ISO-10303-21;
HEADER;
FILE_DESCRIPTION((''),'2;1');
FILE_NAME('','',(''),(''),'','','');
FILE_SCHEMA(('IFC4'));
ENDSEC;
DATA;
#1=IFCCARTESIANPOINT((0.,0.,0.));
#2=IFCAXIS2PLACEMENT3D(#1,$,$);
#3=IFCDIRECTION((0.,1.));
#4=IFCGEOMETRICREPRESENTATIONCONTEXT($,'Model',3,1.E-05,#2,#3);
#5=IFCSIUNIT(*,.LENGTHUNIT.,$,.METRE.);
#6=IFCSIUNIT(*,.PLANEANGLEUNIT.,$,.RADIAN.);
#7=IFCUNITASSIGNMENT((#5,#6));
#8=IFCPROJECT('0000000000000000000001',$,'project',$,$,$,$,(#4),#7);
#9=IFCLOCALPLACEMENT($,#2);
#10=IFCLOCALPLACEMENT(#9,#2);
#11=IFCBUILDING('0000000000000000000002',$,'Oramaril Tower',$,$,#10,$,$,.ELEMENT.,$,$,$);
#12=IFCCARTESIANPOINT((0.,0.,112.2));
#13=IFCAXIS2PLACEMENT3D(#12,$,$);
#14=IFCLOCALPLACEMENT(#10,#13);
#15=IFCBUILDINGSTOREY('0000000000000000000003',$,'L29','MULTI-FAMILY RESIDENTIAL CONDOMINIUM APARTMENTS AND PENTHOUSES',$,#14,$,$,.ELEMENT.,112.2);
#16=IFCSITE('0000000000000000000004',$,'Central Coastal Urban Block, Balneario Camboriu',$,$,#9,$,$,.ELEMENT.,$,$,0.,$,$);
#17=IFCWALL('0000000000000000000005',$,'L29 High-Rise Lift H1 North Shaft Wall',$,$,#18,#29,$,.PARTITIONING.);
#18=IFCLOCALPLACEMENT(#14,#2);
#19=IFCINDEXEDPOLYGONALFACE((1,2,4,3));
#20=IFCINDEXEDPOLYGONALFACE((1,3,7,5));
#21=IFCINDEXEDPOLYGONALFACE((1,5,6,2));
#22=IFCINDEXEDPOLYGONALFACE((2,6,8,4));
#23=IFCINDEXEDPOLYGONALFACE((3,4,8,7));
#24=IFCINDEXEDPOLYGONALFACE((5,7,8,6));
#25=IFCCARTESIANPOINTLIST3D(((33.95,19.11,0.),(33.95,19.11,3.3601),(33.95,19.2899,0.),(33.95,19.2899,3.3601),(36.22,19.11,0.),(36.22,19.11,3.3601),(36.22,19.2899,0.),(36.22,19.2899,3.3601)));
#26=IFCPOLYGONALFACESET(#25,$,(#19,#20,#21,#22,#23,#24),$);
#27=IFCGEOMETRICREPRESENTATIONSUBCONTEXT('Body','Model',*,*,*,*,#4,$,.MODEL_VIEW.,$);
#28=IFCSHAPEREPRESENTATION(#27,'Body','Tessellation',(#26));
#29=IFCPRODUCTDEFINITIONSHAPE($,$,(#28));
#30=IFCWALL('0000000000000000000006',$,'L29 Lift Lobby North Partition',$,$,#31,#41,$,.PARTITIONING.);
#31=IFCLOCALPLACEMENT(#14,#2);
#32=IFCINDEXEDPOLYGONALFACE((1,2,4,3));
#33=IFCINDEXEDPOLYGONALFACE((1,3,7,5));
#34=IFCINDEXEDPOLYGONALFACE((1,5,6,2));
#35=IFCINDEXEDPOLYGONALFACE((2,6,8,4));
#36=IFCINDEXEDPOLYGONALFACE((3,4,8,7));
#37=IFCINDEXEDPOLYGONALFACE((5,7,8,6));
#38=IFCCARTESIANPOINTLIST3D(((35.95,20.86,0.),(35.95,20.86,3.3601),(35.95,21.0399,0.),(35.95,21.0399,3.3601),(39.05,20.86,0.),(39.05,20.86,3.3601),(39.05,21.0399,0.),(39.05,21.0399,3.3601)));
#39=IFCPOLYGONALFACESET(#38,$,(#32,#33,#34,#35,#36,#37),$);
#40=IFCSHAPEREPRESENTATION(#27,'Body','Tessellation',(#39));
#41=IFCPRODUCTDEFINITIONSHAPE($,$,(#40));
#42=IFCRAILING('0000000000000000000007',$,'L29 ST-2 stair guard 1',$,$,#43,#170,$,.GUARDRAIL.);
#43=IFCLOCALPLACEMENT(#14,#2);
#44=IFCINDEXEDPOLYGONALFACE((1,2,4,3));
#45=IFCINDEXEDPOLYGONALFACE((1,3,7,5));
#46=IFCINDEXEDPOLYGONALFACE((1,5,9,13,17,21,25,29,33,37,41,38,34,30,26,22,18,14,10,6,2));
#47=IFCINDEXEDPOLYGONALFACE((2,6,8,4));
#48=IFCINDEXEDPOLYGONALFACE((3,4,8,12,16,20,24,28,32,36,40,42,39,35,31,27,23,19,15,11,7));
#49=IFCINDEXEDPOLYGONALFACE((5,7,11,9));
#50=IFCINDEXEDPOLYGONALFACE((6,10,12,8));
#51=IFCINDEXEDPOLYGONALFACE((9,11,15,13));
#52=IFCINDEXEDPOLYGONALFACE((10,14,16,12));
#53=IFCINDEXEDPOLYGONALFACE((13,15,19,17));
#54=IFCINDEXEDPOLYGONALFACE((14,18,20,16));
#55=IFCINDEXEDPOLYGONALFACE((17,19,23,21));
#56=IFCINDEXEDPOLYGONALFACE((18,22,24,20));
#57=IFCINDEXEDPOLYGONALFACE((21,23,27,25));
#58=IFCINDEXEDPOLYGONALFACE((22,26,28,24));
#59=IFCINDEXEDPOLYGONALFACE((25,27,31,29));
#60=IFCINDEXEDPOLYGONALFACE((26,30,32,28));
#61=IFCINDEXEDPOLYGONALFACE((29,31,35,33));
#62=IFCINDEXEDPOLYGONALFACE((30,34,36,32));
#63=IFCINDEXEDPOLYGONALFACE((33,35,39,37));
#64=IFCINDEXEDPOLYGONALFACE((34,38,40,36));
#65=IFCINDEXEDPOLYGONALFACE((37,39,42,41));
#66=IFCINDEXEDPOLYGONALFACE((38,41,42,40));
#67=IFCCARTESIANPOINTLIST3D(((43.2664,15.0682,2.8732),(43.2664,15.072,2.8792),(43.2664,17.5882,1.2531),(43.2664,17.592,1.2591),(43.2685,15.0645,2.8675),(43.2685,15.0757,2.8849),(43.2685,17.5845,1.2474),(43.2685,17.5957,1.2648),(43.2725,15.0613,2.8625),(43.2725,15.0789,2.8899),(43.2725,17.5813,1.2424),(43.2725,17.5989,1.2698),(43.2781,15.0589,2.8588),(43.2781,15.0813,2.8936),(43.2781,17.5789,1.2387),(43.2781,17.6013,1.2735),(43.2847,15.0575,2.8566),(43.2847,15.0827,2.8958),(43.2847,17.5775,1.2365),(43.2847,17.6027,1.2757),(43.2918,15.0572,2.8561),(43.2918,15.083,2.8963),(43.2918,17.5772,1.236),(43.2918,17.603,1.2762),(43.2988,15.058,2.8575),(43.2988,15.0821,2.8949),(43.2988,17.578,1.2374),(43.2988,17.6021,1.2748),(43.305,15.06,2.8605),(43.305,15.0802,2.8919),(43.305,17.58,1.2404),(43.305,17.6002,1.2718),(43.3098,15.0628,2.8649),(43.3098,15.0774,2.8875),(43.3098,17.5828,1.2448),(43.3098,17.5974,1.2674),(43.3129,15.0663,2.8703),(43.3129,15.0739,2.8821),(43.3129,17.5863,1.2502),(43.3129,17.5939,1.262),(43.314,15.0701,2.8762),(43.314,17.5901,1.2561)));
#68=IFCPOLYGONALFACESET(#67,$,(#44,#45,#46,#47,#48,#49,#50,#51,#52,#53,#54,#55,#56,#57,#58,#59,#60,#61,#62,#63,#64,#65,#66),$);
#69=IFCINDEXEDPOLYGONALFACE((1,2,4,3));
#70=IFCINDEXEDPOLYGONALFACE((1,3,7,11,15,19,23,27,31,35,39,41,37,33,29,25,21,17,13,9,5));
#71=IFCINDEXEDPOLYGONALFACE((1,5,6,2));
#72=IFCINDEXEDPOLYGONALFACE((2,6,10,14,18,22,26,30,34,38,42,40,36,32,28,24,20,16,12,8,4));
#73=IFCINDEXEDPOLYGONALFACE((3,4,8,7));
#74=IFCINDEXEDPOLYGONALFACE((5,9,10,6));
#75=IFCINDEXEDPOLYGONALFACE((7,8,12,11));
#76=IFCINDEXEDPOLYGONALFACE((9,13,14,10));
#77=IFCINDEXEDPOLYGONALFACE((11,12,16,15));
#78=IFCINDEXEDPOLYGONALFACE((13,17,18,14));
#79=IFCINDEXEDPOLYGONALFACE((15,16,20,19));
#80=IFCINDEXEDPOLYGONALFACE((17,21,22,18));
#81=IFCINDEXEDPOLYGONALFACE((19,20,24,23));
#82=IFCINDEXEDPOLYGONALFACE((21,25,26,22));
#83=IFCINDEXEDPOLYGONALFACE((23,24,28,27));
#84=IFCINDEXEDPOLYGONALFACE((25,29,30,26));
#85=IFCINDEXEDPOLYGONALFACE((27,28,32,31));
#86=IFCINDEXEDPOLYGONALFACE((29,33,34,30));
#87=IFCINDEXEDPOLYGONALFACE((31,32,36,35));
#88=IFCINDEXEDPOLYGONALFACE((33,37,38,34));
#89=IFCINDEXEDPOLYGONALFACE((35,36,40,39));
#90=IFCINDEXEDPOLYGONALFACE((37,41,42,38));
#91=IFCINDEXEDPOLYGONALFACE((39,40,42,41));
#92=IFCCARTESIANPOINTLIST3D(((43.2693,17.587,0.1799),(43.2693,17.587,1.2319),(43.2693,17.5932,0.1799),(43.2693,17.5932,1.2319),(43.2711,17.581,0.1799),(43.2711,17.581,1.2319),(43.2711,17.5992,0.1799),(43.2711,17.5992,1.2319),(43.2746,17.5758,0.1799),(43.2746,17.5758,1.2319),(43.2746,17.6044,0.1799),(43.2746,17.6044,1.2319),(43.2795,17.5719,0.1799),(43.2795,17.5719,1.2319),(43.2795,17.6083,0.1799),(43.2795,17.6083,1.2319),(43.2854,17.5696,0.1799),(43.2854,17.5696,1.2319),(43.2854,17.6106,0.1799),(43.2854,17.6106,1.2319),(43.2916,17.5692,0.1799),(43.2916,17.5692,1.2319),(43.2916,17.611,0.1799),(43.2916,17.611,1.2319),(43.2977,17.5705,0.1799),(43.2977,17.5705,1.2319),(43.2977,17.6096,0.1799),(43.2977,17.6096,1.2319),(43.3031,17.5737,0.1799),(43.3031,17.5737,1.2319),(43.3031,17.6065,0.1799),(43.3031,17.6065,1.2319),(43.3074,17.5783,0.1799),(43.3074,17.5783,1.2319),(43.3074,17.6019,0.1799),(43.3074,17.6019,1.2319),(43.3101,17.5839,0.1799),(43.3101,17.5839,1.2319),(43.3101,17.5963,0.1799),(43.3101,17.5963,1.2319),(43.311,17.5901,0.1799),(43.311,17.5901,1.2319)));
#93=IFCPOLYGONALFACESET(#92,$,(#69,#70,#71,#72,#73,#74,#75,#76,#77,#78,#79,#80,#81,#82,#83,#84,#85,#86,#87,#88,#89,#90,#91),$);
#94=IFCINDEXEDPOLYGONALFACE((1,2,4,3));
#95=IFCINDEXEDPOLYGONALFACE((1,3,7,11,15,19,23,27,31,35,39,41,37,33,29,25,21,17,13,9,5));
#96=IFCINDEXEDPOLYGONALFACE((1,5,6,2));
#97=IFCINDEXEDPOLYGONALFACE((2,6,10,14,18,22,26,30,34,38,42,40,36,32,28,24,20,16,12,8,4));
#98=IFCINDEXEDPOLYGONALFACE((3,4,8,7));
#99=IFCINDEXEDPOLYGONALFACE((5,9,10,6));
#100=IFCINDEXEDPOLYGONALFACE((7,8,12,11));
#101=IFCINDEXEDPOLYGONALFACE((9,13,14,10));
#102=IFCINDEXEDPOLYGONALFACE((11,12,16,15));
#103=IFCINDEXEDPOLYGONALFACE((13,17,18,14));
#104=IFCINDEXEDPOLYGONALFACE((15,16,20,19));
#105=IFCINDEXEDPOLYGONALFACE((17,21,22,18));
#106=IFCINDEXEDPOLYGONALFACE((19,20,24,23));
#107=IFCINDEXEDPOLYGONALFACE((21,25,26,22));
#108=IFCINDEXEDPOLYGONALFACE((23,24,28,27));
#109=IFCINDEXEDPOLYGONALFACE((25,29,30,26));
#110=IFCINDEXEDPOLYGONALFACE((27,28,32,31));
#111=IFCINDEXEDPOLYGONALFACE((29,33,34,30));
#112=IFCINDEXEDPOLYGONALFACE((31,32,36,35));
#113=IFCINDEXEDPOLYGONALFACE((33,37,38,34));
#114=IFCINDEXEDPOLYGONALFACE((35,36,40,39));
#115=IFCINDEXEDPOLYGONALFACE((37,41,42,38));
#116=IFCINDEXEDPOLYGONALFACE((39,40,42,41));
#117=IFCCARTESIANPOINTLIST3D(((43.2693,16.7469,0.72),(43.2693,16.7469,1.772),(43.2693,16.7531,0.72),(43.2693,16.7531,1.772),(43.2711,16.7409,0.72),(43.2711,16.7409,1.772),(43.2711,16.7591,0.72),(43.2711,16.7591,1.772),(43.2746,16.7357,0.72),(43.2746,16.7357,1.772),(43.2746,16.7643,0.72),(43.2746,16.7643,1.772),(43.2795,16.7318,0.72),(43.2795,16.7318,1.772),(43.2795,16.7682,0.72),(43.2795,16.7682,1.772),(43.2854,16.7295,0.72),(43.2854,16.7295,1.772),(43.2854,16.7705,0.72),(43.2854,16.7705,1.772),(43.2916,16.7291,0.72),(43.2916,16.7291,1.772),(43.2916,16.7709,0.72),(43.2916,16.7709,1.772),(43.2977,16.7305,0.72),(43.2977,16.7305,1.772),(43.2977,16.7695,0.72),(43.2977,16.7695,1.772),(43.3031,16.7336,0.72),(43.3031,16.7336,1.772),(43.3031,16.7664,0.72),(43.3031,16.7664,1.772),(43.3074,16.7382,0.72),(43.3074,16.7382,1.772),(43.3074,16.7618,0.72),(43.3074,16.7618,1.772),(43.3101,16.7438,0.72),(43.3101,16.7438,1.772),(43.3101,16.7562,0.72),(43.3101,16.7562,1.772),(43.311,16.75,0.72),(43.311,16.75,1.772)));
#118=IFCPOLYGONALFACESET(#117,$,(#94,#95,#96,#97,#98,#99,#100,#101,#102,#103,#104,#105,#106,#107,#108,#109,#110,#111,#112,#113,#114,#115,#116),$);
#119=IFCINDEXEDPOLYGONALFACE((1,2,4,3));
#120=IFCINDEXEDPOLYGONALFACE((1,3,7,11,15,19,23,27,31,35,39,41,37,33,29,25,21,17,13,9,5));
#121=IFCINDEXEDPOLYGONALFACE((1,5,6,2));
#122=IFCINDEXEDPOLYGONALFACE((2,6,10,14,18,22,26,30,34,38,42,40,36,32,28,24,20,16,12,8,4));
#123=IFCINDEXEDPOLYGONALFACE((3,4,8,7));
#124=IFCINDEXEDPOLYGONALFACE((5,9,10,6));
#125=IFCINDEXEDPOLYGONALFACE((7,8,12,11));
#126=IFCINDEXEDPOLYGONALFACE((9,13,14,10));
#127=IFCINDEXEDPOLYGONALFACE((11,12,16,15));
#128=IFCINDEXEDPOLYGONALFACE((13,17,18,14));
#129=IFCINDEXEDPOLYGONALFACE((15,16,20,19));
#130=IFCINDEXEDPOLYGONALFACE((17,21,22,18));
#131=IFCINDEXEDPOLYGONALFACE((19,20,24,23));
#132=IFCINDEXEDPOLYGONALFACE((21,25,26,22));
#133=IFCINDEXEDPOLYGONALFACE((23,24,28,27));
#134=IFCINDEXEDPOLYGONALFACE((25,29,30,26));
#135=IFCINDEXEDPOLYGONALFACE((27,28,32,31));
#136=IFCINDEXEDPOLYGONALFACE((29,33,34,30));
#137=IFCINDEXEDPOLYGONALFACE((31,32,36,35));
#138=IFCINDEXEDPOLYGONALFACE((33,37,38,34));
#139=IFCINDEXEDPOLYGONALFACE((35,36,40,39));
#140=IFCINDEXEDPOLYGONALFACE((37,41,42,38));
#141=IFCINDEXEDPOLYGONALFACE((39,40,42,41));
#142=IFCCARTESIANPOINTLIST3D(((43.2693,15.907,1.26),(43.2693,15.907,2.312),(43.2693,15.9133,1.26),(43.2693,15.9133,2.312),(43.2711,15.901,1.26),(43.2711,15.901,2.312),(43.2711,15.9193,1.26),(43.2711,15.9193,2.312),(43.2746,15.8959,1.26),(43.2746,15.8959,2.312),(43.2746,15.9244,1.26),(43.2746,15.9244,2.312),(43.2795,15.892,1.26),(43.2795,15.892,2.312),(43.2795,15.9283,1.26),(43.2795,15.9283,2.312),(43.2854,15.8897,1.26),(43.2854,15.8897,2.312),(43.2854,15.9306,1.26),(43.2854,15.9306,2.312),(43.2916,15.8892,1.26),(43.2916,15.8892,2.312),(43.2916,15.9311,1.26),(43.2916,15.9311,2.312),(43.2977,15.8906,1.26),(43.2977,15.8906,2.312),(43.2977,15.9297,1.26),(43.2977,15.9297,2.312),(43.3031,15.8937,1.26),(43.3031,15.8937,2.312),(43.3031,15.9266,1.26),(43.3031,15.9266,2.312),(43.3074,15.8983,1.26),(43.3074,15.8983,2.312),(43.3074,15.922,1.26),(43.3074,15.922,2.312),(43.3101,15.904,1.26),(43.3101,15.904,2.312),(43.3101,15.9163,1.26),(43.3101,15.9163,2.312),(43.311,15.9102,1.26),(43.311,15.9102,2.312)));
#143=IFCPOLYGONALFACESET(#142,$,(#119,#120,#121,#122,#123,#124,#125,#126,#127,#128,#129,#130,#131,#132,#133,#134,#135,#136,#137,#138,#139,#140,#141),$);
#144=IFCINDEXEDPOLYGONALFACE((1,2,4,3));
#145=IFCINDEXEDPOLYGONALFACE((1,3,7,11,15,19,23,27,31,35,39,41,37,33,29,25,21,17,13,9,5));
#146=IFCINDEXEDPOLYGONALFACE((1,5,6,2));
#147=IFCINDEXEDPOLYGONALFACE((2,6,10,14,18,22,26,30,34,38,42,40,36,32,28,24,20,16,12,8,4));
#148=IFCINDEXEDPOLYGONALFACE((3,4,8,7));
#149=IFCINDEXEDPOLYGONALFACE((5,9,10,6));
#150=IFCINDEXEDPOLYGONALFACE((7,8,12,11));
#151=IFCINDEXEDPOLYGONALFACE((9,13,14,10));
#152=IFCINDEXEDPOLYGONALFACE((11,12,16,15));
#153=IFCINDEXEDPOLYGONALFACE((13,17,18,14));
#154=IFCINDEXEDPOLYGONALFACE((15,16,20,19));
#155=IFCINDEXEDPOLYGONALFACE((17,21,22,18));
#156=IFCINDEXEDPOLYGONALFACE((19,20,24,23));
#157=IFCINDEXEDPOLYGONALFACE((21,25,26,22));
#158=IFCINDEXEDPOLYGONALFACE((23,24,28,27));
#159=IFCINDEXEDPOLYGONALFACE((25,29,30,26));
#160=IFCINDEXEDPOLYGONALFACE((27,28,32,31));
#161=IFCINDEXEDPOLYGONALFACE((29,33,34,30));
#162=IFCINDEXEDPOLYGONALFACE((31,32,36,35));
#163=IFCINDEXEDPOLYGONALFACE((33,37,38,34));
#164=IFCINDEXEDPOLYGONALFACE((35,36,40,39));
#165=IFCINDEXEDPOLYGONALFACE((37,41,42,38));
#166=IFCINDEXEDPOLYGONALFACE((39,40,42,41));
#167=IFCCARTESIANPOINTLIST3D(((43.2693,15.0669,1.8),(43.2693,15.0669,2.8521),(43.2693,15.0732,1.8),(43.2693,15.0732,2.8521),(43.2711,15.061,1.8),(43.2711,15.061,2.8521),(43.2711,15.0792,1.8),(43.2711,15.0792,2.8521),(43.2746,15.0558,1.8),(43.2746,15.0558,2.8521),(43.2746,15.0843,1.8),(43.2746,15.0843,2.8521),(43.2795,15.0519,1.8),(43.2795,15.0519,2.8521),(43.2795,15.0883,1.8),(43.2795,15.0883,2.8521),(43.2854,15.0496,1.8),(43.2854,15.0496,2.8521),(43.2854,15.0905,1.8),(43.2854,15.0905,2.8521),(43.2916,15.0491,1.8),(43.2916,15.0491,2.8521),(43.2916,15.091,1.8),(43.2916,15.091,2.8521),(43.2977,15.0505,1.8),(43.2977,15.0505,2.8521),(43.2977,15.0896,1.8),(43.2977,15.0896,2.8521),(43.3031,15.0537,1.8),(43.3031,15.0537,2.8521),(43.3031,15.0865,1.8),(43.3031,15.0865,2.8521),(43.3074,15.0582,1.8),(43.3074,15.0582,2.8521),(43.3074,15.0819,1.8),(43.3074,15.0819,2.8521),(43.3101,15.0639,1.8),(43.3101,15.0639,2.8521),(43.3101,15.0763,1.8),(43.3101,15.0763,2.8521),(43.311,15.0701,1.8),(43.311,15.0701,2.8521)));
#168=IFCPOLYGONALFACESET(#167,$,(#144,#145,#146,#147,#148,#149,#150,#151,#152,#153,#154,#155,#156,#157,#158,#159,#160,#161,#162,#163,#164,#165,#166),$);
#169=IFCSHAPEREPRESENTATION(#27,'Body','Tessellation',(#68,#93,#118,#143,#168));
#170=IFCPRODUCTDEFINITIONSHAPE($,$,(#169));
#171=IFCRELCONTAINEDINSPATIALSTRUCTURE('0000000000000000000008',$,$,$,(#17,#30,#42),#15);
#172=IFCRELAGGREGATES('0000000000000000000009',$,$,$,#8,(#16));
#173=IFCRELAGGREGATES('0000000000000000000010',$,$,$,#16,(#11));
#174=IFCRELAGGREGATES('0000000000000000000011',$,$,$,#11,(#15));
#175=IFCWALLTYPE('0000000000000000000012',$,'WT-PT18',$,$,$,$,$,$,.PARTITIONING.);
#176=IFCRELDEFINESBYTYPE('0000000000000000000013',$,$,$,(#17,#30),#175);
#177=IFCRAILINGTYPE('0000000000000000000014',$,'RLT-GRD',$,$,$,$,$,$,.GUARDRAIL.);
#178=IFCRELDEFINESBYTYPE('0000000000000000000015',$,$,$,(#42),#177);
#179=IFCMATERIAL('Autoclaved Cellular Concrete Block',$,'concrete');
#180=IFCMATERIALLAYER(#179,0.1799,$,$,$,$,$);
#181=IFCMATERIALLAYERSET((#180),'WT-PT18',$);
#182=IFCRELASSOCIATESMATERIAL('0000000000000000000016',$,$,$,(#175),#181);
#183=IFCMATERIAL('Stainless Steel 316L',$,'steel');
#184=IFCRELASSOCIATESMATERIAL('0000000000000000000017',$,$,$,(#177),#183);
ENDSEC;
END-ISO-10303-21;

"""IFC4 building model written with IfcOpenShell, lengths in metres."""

from ifc_helpers import new_model, si_unit, direction, frame, frame_2d, origin, origin_2d, place, context, subcontext, project, spatial, rectangle, circle, extrude, material, layer, layer_set, type_object, element, save


model = new_model("IFC4")

# Units and contexts
model_context = context("Model", 3, precision=1e-05, world=origin(), true_north=direction((0.0, 1.0)))
body_context = subcontext(model_context, "Body", "Model", "MODEL_VIEW")
ifc_project = project(units=[si_unit("LENGTHUNIT", "METRE"), si_unit("PLANEANGLEUNIT", "RADIAN")], contexts=[model_context])

# Site, building, storey
site_placement = place(None, origin())
site = spatial("IfcSite", under=ifc_project, at=site_placement, Name="Central Coastal Urban Block, Balneario Camboriu", CompositionType="ELEMENT", RefElevation=0.0)
building_placement = place(site_placement, origin())
building = spatial("IfcBuilding", under=site, at=building_placement, Name="Oramaril Tower", CompositionType="ELEMENT")
storey_placement = place(building_placement, frame((0.0, 0.0, 112.2)))
storey = spatial("IfcBuildingStorey", under=building, at=storey_placement, Name="L29", Description="MULTI-FAMILY RESIDENTIAL CONDOMINIUM APARTMENTS AND PENTHOUSES", CompositionType="ELEMENT", Elevation=112.2)

# Walls
ifc_material_1 = material(Name="Autoclaved Cellular Concrete Block", Category="concrete")
ifc_layer_1 = layer(ifc_material_1, 0.1799)
ifc_layer_set_1 = layer_set([ifc_layer_1], Name="WT-PT18")
wall_type_1 = type_object("IfcWallType", Name="WT-PT18", PredefinedType="PARTITIONING", material=ifc_layer_set_1)
wall_1_placement = place(storey_placement, frame((33.95, 19.2, 0.0), z_axis=(0.0, 0.0, 1.0), x_axis=(1.0, 0.0, 0.0)))
element("IfcWall", 1, at=wall_1_placement, inside=storey, type_object=wall_type_1, Name="L29 High-Rise Lift H1 North Shaft Wall", PredefinedType="PARTITIONING", context=body_context, shape_type="SweptSolid", body=[
    extrude(rectangle(XDim=2.27, YDim=0.1799, at=frame_2d((1.135, 0.0))), origin(), (0.0, 0.0, 1.0), 3.3601),
])
wall_2_placement = place(storey_placement, frame((35.95, 20.95, 0.0), z_axis=(0.0, 0.0, 1.0), x_axis=(1.0, 0.0, 0.0)))
element("IfcWall", 2, at=wall_2_placement, inside=storey, type_object=wall_type_1, Name="L29 Lift Lobby North Partition", PredefinedType="PARTITIONING", context=body_context, shape_type="SweptSolid", body=[
    extrude(rectangle(XDim=3.1001, YDim=0.1799, at=frame_2d((1.55, 0.0))), origin(), (0.0, 0.0, 1.0), 3.3601),
])

# Railing
ifc_material_2 = material(Name="Stainless Steel 316L", Category="steel")
railing_type = type_object("IfcRailingType", Name="RLT-GRD", PredefinedType="GUARDRAIL", material=ifc_material_2)
railing_1_placement = place(storey_placement, frame((43.29, 17.5901, 0.1799)))
element("IfcRailing", 3, at=railing_1_placement, inside=storey, type_object=railing_type, Name="L29 ST-2 stair guard 1", PredefinedType="GUARDRAIL", context=body_context, shape_type="SweptSolid", body=[
    extrude(circle(Radius=0.0239, at=origin_2d()), frame((0.0, 0.0, 1.0762), z_axis=(0.0, -0.841163, 0.540782), x_axis=(1.0, 0.0, 0.0)), (0.0, 0.0, 1.0), 2.9958),
    extrude(circle(Radius=0.021, at=origin_2d()), origin(), (0.0, 0.0, 1.0), 1.052),
    extrude(circle(Radius=0.021, at=origin_2d()), frame((0.0, -0.8401, 0.54)), (0.0, 0.0, 1.0), 1.052),
    extrude(circle(Radius=0.021, at=origin_2d()), frame((0.0, -1.6799, 1.0801)), (0.0, 0.0, 1.0), 1.052),
    extrude(circle(Radius=0.021, at=origin_2d()), frame((0.0, -2.52, 1.6201)), (0.0, 0.0, 1.0), 1.052),
])

save(model, "model.ifc")
